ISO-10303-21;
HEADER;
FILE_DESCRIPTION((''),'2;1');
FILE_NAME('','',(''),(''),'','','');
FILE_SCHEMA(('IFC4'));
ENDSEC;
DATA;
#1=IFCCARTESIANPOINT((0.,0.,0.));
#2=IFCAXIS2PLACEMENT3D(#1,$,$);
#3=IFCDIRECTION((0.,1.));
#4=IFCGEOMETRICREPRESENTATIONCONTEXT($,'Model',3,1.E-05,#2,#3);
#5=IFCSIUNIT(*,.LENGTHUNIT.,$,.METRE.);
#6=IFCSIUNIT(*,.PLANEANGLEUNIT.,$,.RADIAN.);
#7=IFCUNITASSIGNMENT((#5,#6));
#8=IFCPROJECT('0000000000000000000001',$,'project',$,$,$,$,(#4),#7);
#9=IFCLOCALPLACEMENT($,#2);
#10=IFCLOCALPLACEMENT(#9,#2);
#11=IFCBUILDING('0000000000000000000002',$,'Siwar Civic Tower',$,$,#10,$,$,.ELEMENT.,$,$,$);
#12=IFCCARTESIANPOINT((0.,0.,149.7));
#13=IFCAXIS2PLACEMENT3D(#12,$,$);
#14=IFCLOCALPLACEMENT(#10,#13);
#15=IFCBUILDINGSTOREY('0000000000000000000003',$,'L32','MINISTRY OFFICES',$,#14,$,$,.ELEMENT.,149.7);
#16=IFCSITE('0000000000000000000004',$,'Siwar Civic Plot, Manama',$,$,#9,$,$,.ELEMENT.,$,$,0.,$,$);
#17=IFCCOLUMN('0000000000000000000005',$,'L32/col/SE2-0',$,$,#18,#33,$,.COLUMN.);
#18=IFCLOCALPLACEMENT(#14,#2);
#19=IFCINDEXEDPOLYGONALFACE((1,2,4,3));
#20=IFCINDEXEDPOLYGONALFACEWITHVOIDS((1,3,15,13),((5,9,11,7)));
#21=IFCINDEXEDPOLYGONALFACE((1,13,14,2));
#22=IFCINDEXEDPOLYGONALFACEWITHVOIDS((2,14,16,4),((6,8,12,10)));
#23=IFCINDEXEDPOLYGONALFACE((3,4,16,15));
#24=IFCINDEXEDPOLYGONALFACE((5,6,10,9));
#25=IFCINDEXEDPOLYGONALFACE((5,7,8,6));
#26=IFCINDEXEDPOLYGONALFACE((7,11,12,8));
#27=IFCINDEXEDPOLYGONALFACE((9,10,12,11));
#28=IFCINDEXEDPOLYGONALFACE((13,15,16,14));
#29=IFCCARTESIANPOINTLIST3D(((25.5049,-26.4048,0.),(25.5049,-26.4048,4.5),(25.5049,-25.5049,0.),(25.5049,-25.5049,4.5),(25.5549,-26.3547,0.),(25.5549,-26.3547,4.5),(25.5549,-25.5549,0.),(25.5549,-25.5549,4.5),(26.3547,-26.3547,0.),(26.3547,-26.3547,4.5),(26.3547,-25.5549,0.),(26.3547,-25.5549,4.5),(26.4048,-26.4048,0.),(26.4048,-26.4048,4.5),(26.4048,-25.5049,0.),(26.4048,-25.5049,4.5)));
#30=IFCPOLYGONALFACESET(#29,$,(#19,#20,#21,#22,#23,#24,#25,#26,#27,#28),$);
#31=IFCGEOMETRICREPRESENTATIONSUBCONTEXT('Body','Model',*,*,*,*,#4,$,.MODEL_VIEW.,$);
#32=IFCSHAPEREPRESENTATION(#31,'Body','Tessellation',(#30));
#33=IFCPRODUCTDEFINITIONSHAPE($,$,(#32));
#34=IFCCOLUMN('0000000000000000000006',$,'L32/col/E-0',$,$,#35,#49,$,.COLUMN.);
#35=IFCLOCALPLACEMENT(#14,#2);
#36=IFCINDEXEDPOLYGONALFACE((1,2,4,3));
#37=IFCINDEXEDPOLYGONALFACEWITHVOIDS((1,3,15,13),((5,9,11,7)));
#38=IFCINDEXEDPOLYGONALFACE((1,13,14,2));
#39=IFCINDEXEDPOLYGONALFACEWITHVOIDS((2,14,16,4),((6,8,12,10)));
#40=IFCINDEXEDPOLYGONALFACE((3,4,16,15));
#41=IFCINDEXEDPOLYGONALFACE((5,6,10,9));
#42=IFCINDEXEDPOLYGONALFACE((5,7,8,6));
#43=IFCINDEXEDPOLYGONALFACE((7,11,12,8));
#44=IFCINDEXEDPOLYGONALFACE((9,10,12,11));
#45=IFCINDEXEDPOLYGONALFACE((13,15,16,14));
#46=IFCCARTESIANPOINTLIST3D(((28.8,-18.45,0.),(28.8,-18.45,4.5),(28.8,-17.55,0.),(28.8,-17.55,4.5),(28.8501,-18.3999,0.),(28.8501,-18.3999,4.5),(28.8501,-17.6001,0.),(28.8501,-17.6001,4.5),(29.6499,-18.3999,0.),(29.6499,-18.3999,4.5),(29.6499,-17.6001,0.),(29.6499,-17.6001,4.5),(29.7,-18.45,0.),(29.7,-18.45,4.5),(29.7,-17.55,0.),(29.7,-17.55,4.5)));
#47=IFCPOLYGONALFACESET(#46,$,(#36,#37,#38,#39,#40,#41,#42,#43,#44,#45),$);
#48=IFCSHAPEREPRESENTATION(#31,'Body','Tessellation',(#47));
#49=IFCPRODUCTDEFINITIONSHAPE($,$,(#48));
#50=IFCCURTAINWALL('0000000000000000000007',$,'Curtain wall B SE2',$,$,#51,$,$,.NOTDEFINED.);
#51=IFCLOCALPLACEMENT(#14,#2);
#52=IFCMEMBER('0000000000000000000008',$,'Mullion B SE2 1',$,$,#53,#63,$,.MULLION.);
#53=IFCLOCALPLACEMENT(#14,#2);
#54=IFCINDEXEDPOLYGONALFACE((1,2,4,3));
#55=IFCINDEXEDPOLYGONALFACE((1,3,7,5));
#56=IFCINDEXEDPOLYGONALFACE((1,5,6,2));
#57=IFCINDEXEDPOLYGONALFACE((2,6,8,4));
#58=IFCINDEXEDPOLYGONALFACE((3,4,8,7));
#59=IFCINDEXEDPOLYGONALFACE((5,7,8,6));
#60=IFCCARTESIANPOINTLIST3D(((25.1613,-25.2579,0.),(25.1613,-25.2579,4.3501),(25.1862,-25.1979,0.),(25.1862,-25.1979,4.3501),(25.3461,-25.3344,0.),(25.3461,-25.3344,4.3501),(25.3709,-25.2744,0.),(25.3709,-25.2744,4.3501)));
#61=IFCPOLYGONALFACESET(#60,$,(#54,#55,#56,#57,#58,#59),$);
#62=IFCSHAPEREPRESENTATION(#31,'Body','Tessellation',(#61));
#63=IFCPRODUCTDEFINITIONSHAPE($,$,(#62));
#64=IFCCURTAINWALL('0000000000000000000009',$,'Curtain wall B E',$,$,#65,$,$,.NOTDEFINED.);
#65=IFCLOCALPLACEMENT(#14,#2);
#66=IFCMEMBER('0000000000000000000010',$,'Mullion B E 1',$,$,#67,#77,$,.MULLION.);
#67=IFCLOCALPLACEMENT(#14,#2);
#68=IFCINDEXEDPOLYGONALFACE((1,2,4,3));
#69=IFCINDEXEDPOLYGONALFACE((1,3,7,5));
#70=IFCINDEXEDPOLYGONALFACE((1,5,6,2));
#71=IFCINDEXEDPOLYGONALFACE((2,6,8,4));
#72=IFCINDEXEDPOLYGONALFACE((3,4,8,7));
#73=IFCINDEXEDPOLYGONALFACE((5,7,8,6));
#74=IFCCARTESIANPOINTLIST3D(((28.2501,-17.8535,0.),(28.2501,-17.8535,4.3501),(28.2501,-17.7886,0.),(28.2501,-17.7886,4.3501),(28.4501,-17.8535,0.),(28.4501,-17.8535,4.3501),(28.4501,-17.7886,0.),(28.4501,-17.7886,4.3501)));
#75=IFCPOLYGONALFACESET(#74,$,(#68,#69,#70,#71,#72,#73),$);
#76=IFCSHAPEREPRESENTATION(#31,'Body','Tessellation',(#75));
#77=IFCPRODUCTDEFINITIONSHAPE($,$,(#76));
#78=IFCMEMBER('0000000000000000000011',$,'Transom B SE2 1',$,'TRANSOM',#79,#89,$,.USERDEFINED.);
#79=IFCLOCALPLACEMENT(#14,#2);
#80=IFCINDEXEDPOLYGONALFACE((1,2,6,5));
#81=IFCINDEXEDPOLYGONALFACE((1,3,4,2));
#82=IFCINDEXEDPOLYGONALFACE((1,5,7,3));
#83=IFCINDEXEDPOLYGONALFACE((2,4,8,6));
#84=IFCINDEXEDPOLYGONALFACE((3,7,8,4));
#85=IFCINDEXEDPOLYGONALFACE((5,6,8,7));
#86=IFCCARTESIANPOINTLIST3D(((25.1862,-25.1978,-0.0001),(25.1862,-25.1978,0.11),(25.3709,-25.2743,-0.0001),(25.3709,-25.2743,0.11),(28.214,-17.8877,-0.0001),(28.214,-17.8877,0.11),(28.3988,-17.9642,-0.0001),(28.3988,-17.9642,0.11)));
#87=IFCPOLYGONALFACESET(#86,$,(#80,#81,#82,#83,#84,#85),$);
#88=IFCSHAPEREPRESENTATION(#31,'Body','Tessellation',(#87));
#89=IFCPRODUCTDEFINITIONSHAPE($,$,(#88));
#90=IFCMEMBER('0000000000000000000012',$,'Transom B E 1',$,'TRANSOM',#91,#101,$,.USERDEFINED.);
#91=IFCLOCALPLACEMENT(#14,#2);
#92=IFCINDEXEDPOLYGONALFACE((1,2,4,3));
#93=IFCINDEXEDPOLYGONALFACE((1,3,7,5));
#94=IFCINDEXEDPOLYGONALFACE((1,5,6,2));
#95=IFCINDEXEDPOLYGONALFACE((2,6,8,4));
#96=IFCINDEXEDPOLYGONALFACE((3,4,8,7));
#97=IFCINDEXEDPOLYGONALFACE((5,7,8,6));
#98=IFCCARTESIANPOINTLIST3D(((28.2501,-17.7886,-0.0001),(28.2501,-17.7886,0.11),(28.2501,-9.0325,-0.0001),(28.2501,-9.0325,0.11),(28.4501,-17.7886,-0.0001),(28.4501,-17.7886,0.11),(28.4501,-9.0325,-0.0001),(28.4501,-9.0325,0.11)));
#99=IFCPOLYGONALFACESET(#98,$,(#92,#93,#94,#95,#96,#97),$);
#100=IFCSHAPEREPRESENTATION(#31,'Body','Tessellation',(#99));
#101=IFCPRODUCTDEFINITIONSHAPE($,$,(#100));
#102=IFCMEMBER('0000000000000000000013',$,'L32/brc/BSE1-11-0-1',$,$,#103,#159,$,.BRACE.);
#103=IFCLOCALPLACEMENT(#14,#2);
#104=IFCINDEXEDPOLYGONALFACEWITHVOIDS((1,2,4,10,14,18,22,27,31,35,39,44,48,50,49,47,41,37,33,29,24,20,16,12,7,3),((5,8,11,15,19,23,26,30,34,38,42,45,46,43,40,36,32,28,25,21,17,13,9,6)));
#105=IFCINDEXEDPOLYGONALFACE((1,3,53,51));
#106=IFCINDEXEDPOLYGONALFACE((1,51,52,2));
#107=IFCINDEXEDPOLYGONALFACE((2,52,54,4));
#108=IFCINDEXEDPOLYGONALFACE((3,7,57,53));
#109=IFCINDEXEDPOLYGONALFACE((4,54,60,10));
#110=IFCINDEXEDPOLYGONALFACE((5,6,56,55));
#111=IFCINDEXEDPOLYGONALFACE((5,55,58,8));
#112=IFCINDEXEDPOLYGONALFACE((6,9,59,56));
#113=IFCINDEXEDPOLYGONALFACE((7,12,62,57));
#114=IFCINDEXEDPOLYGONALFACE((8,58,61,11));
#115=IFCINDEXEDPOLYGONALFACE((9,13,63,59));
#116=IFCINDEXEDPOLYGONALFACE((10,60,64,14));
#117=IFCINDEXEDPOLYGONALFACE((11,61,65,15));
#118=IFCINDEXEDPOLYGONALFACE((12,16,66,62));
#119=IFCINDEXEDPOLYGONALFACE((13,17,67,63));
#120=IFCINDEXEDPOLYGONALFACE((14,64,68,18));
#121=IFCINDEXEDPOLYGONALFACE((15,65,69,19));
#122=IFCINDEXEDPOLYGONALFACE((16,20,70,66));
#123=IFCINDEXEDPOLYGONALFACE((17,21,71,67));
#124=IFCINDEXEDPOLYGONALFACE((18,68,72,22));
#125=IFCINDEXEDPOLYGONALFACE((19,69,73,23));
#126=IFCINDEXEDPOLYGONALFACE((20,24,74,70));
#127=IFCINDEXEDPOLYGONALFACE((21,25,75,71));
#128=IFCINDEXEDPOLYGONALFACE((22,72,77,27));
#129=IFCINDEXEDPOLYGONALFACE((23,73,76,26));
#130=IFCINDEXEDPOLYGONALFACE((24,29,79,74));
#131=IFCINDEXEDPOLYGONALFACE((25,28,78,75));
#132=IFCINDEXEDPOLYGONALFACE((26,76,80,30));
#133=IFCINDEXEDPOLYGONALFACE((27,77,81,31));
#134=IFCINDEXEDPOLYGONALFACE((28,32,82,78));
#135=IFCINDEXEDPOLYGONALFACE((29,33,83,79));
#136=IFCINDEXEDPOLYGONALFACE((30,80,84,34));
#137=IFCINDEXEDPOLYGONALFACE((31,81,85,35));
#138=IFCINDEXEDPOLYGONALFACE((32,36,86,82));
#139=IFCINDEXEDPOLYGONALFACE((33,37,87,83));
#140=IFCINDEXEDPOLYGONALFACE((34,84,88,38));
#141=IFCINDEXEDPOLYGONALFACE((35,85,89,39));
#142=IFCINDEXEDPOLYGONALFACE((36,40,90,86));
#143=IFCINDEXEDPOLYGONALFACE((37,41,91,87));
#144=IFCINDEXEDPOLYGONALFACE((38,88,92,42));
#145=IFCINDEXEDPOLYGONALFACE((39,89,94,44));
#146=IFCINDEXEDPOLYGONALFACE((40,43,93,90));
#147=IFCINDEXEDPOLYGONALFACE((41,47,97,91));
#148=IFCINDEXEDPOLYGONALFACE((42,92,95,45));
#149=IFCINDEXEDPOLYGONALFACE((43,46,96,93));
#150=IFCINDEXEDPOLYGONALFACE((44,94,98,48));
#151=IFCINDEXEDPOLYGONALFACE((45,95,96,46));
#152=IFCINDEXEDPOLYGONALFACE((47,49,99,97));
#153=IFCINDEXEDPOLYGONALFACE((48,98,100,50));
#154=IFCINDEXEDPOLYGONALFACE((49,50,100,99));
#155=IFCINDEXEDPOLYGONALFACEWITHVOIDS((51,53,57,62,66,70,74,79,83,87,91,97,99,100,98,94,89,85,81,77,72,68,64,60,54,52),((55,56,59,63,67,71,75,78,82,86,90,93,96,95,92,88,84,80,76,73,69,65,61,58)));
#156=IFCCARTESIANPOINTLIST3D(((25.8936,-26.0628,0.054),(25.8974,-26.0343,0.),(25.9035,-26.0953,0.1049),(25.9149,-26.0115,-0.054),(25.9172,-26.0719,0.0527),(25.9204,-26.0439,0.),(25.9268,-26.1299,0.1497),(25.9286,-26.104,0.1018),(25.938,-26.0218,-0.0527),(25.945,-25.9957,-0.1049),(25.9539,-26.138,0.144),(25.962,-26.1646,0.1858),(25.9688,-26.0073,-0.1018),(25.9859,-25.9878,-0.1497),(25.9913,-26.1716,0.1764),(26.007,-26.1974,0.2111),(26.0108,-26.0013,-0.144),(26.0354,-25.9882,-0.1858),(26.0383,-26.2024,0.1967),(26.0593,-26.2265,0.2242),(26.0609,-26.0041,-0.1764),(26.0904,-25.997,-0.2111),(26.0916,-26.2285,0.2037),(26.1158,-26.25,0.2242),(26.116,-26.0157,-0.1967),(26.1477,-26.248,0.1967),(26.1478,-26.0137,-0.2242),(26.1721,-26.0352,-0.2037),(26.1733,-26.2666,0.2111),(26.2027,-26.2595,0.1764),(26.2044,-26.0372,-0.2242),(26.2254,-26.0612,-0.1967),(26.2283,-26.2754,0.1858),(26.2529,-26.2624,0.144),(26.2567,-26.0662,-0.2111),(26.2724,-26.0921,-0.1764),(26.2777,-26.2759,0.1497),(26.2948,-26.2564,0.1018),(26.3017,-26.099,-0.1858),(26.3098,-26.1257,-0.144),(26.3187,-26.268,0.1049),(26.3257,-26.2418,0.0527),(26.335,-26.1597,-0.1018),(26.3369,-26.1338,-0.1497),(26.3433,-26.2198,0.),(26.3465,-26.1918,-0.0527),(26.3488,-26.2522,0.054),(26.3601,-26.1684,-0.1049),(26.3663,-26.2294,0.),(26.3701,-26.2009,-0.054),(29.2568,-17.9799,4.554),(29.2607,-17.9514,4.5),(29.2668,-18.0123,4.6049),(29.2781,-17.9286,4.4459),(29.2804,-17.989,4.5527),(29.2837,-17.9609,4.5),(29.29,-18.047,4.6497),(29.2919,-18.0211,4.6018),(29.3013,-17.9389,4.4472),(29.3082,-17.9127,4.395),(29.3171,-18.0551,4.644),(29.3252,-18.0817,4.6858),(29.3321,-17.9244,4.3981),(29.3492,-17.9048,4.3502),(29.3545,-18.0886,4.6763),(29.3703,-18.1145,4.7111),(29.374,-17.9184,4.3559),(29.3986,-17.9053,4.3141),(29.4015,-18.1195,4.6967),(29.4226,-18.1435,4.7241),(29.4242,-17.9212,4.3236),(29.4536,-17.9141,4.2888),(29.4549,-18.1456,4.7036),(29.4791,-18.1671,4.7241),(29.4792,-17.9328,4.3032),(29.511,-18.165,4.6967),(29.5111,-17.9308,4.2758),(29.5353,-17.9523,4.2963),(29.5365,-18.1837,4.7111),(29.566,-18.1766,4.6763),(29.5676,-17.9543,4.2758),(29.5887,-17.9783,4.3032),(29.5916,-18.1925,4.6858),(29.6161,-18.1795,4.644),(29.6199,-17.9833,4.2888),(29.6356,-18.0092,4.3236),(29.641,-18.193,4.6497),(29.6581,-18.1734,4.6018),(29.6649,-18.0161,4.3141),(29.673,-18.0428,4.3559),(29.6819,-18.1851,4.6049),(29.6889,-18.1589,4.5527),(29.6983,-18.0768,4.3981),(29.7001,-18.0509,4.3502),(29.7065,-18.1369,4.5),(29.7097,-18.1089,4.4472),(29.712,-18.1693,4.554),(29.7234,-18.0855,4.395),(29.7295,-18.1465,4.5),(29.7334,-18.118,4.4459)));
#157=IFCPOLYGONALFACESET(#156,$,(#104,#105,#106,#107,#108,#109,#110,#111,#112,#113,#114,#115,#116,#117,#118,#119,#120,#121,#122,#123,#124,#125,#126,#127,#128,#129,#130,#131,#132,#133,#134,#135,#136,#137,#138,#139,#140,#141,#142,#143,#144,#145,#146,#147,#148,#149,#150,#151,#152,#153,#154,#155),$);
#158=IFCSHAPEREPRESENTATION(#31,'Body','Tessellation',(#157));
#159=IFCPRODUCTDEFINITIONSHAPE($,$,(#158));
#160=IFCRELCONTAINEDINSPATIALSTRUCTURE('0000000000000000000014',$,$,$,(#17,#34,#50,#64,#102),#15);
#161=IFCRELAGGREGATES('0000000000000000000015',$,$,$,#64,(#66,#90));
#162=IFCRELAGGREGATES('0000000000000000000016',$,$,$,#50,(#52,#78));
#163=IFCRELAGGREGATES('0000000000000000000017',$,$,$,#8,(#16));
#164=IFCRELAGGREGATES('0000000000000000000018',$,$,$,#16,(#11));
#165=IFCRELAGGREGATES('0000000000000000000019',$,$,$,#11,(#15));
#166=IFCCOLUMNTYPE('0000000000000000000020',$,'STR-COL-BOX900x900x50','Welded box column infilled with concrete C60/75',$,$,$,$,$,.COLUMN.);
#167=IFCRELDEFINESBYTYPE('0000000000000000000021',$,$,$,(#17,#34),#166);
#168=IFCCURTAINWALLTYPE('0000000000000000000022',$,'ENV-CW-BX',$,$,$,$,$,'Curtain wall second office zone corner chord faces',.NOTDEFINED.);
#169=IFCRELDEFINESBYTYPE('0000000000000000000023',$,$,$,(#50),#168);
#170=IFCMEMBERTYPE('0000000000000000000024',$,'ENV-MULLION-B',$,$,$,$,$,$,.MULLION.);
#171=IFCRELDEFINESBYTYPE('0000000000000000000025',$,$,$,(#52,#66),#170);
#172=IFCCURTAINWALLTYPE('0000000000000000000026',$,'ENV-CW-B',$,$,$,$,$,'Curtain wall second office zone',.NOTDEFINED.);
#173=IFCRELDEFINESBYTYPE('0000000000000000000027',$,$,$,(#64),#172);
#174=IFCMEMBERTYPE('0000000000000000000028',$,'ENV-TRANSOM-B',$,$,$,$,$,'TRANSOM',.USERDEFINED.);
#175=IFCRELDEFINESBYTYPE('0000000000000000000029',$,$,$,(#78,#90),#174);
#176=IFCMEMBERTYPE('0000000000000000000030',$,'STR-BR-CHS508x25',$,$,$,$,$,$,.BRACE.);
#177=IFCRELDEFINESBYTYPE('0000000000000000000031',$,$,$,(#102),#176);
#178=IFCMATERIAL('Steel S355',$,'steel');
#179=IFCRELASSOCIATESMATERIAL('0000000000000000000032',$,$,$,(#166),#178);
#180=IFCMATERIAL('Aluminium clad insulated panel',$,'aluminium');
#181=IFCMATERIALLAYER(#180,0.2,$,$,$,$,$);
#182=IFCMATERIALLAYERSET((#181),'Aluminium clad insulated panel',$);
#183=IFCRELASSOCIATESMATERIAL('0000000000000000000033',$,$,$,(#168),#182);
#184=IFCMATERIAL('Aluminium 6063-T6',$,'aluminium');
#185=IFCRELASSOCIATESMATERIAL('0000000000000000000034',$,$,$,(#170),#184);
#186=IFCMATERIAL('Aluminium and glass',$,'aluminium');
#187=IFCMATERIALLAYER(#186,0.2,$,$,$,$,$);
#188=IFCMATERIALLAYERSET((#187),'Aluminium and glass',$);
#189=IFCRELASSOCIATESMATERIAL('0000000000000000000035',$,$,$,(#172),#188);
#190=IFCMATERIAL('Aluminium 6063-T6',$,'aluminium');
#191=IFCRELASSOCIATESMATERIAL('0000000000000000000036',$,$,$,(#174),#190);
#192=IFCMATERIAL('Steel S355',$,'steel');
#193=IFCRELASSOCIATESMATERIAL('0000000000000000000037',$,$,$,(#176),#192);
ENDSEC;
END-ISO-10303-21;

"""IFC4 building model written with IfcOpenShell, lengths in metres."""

from ifc_helpers import new_model, si_unit, direction, frame, origin, origin_2d, place, context, subcontext, project, spatial, rectangle, hollow_rectangle, hollow_circle, extrude, material, layer, layer_set, material_profile, profile_set, type_object, element, aggregate, save


model = new_model("IFC4")

# Units and contexts
model_context = context("Model", 3, precision=1e-05, world=origin(), true_north=direction((0.0, 1.0)))
body_context = subcontext(model_context, "Body", "Model", "MODEL_VIEW")
ifc_project = project(units=[si_unit("LENGTHUNIT", "METRE"), si_unit("PLANEANGLEUNIT", "RADIAN")], contexts=[model_context])

# Site, building, storey
site_placement = place(None, origin())
site = spatial("IfcSite", under=ifc_project, at=site_placement, Name="Siwar Civic Plot, Manama", CompositionType="ELEMENT", RefElevation=0.0)
building_placement = place(site_placement, origin())
building = spatial("IfcBuilding", under=site, at=building_placement, Name="Siwar Civic Tower", CompositionType="ELEMENT")
storey_placement = place(building_placement, frame((0.0, 0.0, 149.7)))
storey = spatial("IfcBuildingStorey", under=building, at=storey_placement, Name="L32", Description="MINISTRY OFFICES", CompositionType="ELEMENT", Elevation=149.7)

# Columns
ifc_material_1 = material(Name="Steel S355", Category="steel")
ifc_material_profile_1 = material_profile(ifc_material_1, hollow_rectangle(XDim=0.8999, YDim=0.8999, WallThickness=0.05, at=origin_2d()), Name="BOX900x900x50")
ifc_profile_set_1 = profile_set([ifc_material_profile_1], Name="Steel S355")
column_type = type_object("IfcColumnType", Name="STR-COL-BOX900x900x50", Description="Welded box column infilled with concrete C60/75", PredefinedType="COLUMN", material=ifc_profile_set_1)
for number, where, z_axis, x_axis, name in (
    (1, (25.9548, -25.9548, 0.0), (0.0, 0.0, 1.0), (1.0, 0.0, 0.0), "L32/col/SE2-0"),
    (2, (29.25, -18.0, 0.0), (0.0, 0.0, 1.0), (1.0, 0.0, 0.0), "L32/col/E-0"),
):
    element("IfcColumn", number, at=place(storey_placement, frame(where, z_axis=z_axis, x_axis=x_axis)), inside=storey, type_object=column_type, Name=name, PredefinedType="COLUMN", context=body_context, shape_type="SweptSolid", body=[
        extrude(hollow_rectangle(XDim=0.8999, YDim=0.8999, WallThickness=0.05, at=origin_2d()), origin(), (0.0, 0.0, 1.0), 4.5),
    ])

# Curtain walls, members
ifc_material_2 = material(Name="Aluminium clad insulated panel", Category="aluminium")
ifc_layer_1 = layer(ifc_material_2, 0.2)
ifc_layer_set_1 = layer_set([ifc_layer_1], Name="Aluminium clad insulated panel")
curtain_wall_type_1 = type_object("IfcCurtainWallType", Name="ENV-CW-BX", ElementType="Curtain wall second office zone corner chord faces", PredefinedType="NOTDEFINED", material=ifc_layer_set_1)
curtain_wall_1_placement = place(storey_placement, origin())
curtain_wall_1 = element("IfcCurtainWall", 3, at=curtain_wall_1_placement, inside=storey, type_object=curtain_wall_type_1, Name="Curtain wall B SE2", PredefinedType="NOTDEFINED")
ifc_material_3 = material(Name="Aluminium 6063-T6", Category="aluminium")
ifc_material_profile_2 = material_profile(ifc_material_3, rectangle(XDim=0.2, YDim=0.0649, at=origin_2d()), Name="AL 200x65")
ifc_profile_set_2 = profile_set([ifc_material_profile_2], Name="Aluminium 6063-T6")
member_type_1 = type_object("IfcMemberType", Name="ENV-MULLION-B", PredefinedType="MULLION", material=ifc_profile_set_2)
member_1_placement = place(storey_placement, frame((25.2661, -25.2661, 0.0), z_axis=(0.0, 0.0, 1.0), x_axis=(-0.92388, 0.382683, 0.0)))
member_1 = element("IfcMember", 4, at=member_1_placement, type_object=member_type_1, Name="Mullion B SE2 1", PredefinedType="MULLION", context=body_context, shape_type="SweptSolid", body=[
    extrude(rectangle(XDim=0.2, YDim=0.0649, at=origin_2d()), origin(), (0.0, 0.0, 1.0), 4.3501),
])
ifc_material_4 = material(Name="Aluminium and glass", Category="aluminium")
ifc_layer_2 = layer(ifc_material_4, 0.2)
ifc_layer_set_2 = layer_set([ifc_layer_2], Name="Aluminium and glass")
curtain_wall_type_2 = type_object("IfcCurtainWallType", Name="ENV-CW-B", ElementType="Curtain wall second office zone", PredefinedType="NOTDEFINED", material=ifc_layer_set_2)
curtain_wall_2_placement = place(storey_placement, origin())
curtain_wall_2 = element("IfcCurtainWall", 5, at=curtain_wall_2_placement, inside=storey, type_object=curtain_wall_type_2, Name="Curtain wall B E", PredefinedType="NOTDEFINED")
member_2_placement = place(storey_placement, frame((28.3501, -17.821, 0.0), z_axis=(0.0, 0.0, 1.0), x_axis=(-1.0, 0.0, 0.0)))
member_2 = element("IfcMember", 6, at=member_2_placement, type_object=member_type_1, Name="Mullion B E 1", PredefinedType="MULLION", context=body_context, shape_type="SweptSolid", body=[
    extrude(rectangle(XDim=0.2, YDim=0.0649, at=origin_2d()), origin(), (0.0, 0.0, 1.0), 4.3501),
])

# Members
ifc_material_5 = material(Name="Aluminium 6063-T6", Category="aluminium")
ifc_material_profile_3 = material_profile(ifc_material_5, rectangle(XDim=0.2, YDim=0.1101, at=origin_2d()), Name="AL 200x110")
ifc_profile_set_3 = profile_set([ifc_material_profile_3], Name="Aluminium 6063-T6")
member_type_2 = type_object("IfcMemberType", Name="ENV-TRANSOM-B", ElementType="TRANSOM", PredefinedType="USERDEFINED", material=ifc_profile_set_3)
member_3_placement = place(storey_placement, frame((25.2786, -25.2361, 0.0549), z_axis=(0.382673, 0.923884, 0.0), x_axis=(-0.923884, 0.382673, 0.0)))
member_3 = element("IfcMember", 7, at=member_3_placement, type_object=member_type_2, Name="Transom B SE2 1", ObjectType="TRANSOM", PredefinedType="USERDEFINED", context=body_context, shape_type="SweptSolid", body=[
    extrude(rectangle(XDim=0.2, YDim=0.1101, at=origin_2d()), origin(), (0.0, 0.0, 1.0), 7.9124),
])
member_4_placement = place(storey_placement, frame((28.3501, -17.7886, 0.0549), z_axis=(0.0, 1.0, 0.0), x_axis=(-1.0, 0.0, 0.0)))
member_4 = element("IfcMember", 8, at=member_4_placement, type_object=member_type_2, Name="Transom B E 1", ObjectType="TRANSOM", PredefinedType="USERDEFINED", context=body_context, shape_type="SweptSolid", body=[
    extrude(rectangle(XDim=0.2, YDim=0.1101, at=origin_2d()), origin(), (0.0, 0.0, 1.0), 8.7561),
])
aggregate(curtain_wall_2, [member_2, member_4])

# Member
ifc_material_6 = material(Name="Steel S355", Category="steel")
ifc_material_profile_4 = material_profile(ifc_material_6, hollow_circle(Radius=0.2539, WallThickness=0.0249, at=origin_2d()), Name="CHS508x25")
ifc_profile_set_4 = profile_set([ifc_material_profile_4], Name="Steel S355")
member_type_3 = type_object("IfcMemberType", Name="STR-BR-CHS508x25", PredefinedType="BRACE", material=ifc_profile_set_4)
member_5_placement = place(storey_placement, frame((26.1318, -26.1318, 0.0), z_axis=(0.341671, 0.821143, 0.457149), x_axis=(-0.923265, 0.384164, 0.0)))
element("IfcMember", 9, at=member_5_placement, inside=storey, type_object=member_type_3, Name="L32/brc/BSE1-11-0-1", PredefinedType="BRACE", context=body_context, shape_type="SweptSolid", body=[
    extrude(hollow_circle(Radius=0.2539, WallThickness=0.0249, at=origin_2d()), origin(), (0.0, 0.0, 1.0), 9.8435),
])

aggregate(curtain_wall_1, [member_1, member_3])

save(model, "model.ifc")
